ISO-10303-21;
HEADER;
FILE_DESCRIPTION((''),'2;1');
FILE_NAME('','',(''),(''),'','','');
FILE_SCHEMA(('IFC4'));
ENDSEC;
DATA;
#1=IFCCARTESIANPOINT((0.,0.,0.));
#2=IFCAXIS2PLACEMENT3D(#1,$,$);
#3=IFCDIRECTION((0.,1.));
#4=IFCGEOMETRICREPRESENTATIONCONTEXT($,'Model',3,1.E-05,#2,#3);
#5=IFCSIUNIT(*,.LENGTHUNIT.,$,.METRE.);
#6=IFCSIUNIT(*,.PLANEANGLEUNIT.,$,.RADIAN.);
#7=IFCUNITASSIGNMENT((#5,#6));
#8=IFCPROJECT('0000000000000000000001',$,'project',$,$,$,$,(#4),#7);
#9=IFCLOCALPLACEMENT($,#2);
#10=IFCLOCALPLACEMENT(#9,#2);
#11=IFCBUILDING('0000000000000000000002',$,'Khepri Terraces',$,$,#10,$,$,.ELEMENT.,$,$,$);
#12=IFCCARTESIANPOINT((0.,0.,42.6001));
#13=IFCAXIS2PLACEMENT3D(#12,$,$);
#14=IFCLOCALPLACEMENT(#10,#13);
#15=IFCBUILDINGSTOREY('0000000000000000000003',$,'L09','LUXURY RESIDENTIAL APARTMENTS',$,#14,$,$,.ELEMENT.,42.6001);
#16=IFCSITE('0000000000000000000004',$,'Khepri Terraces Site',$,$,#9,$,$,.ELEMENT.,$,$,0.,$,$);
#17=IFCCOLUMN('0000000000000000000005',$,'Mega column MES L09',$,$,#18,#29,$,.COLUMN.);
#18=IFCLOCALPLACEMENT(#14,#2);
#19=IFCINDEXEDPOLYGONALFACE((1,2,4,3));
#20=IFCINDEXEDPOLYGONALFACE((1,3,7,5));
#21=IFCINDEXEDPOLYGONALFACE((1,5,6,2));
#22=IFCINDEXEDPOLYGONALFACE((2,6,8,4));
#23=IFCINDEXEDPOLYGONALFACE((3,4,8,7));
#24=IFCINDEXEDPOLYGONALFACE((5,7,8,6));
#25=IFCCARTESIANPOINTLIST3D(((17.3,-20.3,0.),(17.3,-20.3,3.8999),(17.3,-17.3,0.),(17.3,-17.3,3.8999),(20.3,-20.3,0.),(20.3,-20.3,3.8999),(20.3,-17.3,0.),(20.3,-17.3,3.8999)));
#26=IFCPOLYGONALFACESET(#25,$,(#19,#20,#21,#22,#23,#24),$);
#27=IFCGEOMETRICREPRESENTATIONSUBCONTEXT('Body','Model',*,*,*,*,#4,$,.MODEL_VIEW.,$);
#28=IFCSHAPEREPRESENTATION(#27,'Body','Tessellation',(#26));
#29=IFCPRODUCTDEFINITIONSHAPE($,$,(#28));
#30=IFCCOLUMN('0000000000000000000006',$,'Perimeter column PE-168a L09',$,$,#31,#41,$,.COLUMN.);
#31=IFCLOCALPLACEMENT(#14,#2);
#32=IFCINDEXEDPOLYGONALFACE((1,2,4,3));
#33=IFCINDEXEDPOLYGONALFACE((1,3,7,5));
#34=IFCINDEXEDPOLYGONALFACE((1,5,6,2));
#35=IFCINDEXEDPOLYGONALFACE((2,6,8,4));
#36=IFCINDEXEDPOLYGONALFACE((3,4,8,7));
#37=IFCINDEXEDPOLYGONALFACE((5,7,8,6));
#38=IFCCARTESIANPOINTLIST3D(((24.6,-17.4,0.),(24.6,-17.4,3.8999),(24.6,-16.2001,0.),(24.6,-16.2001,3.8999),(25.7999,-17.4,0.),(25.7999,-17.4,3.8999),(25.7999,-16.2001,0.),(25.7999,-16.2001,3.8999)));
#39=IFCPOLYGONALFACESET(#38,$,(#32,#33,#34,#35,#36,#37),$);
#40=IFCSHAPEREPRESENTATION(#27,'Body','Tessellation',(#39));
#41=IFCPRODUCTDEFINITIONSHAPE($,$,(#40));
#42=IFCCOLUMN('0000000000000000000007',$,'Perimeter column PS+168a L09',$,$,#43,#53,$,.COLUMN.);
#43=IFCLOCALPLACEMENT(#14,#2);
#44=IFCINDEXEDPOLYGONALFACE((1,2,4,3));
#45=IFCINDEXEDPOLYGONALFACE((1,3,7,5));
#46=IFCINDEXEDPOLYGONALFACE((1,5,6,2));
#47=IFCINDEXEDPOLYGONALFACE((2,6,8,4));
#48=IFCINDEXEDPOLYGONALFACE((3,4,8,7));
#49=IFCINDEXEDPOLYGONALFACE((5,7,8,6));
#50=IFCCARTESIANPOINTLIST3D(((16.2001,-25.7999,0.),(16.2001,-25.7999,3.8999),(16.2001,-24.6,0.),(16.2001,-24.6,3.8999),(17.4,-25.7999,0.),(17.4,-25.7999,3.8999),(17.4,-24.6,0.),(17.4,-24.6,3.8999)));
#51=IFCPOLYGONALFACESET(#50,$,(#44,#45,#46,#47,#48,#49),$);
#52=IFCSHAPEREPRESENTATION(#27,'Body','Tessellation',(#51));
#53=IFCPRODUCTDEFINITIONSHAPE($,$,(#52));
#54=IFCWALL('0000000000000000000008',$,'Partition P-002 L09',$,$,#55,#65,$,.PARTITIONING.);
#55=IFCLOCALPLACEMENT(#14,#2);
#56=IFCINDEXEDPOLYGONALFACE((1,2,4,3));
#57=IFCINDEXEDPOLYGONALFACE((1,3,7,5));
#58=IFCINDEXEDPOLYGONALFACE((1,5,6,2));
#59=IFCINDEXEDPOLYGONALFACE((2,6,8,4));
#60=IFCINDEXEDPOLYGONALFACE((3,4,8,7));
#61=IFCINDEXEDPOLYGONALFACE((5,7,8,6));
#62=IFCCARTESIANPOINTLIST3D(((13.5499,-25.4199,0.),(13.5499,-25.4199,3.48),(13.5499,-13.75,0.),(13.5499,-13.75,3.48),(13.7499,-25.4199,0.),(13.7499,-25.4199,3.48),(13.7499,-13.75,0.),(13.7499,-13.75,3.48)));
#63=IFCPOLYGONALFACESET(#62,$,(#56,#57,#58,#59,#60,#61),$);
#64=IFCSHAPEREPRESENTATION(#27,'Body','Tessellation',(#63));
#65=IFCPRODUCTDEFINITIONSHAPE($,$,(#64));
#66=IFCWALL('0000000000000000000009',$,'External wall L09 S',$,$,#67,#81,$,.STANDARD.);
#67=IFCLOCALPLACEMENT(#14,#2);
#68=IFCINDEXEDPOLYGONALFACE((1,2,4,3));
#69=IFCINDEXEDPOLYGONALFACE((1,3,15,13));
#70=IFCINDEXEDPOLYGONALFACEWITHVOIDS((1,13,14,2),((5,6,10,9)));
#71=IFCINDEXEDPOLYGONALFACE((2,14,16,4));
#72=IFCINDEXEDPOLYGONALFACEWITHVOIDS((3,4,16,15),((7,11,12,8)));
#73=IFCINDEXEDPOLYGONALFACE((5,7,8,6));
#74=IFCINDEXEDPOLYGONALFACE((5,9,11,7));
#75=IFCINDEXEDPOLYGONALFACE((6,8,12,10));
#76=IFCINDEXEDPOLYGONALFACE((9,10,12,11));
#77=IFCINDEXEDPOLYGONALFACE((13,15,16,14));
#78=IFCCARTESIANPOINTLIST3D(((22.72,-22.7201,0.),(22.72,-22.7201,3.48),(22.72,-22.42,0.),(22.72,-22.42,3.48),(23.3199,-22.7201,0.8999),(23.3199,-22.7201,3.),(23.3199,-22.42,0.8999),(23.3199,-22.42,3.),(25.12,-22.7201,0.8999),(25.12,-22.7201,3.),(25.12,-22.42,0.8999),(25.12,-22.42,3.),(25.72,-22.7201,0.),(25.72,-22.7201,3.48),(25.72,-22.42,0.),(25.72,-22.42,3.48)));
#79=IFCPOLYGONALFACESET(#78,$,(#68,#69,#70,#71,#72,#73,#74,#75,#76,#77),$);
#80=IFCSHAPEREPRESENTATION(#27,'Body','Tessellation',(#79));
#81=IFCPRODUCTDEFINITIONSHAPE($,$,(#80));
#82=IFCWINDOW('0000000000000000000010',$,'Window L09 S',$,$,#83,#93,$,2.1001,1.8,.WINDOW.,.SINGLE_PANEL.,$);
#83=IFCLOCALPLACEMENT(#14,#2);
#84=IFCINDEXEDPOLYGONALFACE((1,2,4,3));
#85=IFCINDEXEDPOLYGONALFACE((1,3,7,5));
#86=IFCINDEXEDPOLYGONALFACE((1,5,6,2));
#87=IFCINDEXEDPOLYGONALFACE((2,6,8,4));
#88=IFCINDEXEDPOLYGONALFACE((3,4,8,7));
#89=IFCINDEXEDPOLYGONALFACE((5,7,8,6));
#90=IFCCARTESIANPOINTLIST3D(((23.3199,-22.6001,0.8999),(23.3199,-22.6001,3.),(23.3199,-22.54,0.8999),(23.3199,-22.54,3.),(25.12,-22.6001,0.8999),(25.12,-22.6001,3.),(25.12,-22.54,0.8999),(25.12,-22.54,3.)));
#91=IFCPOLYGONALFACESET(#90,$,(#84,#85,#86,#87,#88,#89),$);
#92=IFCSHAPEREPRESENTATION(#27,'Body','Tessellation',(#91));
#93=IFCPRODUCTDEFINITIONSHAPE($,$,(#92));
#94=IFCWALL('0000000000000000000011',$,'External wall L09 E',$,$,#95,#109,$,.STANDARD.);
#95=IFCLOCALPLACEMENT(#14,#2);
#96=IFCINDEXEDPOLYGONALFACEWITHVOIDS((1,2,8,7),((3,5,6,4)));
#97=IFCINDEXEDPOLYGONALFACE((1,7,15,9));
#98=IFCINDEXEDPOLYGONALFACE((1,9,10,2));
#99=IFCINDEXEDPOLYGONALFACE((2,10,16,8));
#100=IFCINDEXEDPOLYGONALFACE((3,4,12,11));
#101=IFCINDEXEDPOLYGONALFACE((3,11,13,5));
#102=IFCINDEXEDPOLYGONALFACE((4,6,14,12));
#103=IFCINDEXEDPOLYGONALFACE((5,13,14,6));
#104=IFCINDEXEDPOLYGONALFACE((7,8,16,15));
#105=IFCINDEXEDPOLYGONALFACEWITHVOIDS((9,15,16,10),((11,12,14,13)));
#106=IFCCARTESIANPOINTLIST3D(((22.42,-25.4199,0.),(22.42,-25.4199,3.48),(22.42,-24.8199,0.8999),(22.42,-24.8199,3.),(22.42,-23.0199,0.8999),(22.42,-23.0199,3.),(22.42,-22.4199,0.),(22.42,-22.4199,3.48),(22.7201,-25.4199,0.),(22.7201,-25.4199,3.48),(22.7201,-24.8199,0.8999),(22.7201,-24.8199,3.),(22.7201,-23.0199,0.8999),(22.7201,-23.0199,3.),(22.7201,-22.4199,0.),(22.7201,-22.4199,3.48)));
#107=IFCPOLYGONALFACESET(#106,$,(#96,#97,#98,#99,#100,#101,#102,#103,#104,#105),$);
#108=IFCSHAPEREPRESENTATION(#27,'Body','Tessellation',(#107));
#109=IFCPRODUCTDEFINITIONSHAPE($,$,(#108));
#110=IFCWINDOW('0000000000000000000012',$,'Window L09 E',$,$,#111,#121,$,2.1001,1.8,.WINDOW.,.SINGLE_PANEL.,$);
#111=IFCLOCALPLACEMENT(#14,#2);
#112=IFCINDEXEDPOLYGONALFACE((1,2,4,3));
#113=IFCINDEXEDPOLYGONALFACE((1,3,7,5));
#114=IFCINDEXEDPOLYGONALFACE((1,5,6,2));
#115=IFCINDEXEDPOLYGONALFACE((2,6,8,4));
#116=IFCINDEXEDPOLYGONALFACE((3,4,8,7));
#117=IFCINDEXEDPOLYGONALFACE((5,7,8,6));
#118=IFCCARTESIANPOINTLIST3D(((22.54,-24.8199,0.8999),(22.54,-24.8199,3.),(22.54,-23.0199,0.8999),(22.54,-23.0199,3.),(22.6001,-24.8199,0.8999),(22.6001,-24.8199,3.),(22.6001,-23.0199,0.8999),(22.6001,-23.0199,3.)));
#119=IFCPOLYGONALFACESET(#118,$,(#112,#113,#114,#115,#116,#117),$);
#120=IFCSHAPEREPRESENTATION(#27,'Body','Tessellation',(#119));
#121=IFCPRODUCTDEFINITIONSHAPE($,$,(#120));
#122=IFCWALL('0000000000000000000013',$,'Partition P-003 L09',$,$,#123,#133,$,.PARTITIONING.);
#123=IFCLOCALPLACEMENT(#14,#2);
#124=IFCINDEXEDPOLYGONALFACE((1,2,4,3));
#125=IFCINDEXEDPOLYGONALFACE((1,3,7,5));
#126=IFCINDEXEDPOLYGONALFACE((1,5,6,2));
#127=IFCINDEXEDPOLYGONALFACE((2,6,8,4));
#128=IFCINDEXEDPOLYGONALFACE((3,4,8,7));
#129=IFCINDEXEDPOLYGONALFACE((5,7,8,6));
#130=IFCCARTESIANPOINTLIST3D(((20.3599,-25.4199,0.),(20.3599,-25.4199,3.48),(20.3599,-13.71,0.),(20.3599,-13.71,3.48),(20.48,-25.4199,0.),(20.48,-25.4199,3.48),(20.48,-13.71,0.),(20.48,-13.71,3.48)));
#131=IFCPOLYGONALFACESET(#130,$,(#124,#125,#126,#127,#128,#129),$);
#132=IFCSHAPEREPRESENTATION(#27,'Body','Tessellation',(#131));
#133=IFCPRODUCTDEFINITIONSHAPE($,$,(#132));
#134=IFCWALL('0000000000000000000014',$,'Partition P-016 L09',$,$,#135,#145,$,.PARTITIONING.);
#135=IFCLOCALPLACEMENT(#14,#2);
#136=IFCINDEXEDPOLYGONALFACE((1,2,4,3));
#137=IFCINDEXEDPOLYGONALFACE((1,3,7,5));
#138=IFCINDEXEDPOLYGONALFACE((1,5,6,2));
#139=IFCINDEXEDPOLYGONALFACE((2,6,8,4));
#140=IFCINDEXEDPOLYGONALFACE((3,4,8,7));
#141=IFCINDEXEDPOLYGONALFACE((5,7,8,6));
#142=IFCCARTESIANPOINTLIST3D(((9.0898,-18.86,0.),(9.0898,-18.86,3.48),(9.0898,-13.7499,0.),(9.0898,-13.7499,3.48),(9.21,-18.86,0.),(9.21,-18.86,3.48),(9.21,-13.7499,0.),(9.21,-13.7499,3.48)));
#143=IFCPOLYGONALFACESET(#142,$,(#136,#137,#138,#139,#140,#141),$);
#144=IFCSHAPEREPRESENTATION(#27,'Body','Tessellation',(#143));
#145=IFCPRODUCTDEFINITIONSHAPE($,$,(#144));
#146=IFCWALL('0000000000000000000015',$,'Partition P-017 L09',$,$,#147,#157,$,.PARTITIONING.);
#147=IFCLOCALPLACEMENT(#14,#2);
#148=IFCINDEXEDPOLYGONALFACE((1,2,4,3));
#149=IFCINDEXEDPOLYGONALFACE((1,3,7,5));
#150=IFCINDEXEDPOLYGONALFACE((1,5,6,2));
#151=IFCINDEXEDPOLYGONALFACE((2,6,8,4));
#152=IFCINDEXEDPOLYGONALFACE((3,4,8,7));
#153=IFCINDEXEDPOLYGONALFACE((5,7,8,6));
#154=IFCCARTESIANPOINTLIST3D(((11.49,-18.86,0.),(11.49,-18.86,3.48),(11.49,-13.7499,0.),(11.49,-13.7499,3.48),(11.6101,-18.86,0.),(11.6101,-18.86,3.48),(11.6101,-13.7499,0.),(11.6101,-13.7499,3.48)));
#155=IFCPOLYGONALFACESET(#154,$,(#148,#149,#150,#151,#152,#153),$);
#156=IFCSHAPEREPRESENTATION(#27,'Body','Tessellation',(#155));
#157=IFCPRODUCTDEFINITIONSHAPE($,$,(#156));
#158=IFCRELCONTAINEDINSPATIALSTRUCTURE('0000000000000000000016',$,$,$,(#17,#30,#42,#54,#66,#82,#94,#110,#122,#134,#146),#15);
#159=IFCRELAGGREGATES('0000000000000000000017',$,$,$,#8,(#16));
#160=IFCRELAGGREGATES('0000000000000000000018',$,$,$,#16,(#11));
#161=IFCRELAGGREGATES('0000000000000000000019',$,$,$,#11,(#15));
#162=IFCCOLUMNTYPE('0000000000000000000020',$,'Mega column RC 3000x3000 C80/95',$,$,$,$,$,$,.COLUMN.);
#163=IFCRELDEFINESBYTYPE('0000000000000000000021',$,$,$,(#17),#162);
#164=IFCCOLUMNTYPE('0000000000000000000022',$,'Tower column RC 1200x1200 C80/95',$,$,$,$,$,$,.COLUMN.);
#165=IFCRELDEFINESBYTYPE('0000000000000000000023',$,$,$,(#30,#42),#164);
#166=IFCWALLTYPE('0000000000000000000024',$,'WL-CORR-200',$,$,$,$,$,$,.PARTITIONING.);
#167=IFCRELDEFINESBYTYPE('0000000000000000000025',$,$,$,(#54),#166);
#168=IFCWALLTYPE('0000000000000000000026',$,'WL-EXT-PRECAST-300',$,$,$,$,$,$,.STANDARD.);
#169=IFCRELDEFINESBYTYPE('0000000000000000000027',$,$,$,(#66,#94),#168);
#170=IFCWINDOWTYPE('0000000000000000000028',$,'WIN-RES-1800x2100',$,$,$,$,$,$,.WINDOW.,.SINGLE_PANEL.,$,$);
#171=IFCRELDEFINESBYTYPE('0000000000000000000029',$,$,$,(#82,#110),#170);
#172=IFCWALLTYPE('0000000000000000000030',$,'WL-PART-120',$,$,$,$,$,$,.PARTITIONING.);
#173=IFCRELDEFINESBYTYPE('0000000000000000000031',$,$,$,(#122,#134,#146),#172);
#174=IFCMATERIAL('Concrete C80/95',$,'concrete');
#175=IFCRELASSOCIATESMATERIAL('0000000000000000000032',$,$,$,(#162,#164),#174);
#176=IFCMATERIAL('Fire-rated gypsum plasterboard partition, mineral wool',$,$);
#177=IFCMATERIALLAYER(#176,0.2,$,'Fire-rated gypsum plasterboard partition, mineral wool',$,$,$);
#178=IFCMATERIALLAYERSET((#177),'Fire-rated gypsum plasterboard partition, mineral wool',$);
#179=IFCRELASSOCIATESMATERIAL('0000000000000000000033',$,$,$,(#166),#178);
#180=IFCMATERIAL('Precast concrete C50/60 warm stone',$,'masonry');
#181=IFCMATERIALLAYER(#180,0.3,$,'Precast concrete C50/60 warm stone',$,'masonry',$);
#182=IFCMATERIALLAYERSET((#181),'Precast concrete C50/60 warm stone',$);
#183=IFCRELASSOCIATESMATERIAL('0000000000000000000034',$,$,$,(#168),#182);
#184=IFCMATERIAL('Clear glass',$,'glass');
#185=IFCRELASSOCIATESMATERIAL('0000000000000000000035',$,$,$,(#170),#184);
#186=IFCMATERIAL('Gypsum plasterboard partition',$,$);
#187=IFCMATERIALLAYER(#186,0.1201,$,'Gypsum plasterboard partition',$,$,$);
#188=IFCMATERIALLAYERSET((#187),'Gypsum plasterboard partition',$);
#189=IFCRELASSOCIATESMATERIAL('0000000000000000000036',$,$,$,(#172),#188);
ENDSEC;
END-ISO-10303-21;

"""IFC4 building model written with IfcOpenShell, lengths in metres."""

from ifc_helpers import new_model, si_unit, direction, frame, frame_2d, origin, origin_2d, place, context, subcontext, project, spatial, rectangle, extrude, material, layer, layer_set, material_profile, profile_set, type_object, element, fill, save


model = new_model("IFC4")

# Units and contexts
model_context = context("Model", 3, precision=1e-05, world=origin(), true_north=direction((0.0, 1.0)))
body_context = subcontext(model_context, "Body", "Model", "MODEL_VIEW")
ifc_project = project(units=[si_unit("LENGTHUNIT", "METRE"), si_unit("PLANEANGLEUNIT", "RADIAN")], contexts=[model_context])

# Site, building, storey
site_placement = place(None, origin())
site = spatial("IfcSite", under=ifc_project, at=site_placement, Name="Khepri Terraces Site", CompositionType="ELEMENT", RefElevation=0.0)
building_placement = place(site_placement, origin())
building = spatial("IfcBuilding", under=site, at=building_placement, Name="Khepri Terraces", CompositionType="ELEMENT")
storey_placement = place(building_placement, frame((0.0, 0.0, 42.6001)))
storey = spatial("IfcBuildingStorey", under=building, at=storey_placement, Name="L09", Description="LUXURY RESIDENTIAL APARTMENTS", CompositionType="ELEMENT", Elevation=42.6001)

# Columns
ifc_material_1 = material(Name="Concrete C80/95", Category="concrete")
ifc_material_profile_1 = material_profile(ifc_material_1, rectangle(XDim=3.0, YDim=3.0, at=origin_2d()), Name="Concrete C80/95", Category="concrete")
ifc_profile_set_1 = profile_set([ifc_material_profile_1], Name="Concrete C80/95")
column_type_1 = type_object("IfcColumnType", Name="Mega column RC 3000x3000 C80/95", PredefinedType="COLUMN", material=ifc_profile_set_1)
column_placement = place(storey_placement, frame((18.8, -18.8, 0.0), z_axis=(0.0, 0.0, 1.0), x_axis=(1.0, 0.0, 0.0)))
element("IfcColumn", 1, at=column_placement, inside=storey, type_object=column_type_1, Name="Mega column MES L09", PredefinedType="COLUMN", context=body_context, shape_type="SweptSolid", body=[
    extrude(rectangle(XDim=3.0, YDim=3.0, at=origin_2d()), origin(), (0.0, 0.0, 1.0), 3.8999),
])
ifc_material_profile_2 = material_profile(ifc_material_1, rectangle(XDim=1.2, YDim=1.2, at=origin_2d()), Name="Concrete C80/95", Category="concrete")
ifc_profile_set_2 = profile_set([ifc_material_profile_2], Name="Concrete C80/95")
column_type_2 = type_object("IfcColumnType", Name="Tower column RC 1200x1200 C80/95", PredefinedType="COLUMN", material=ifc_profile_set_2)
for number, where, z_axis, x_axis, name in (
    (2, (25.2, -16.8, 0.0), (0.0, 0.0, 1.0), (1.0, 0.0, 0.0), "Perimeter column PE-168a L09"),
    (3, (16.8, -25.2, 0.0), (0.0, 0.0, 1.0), (1.0, 0.0, 0.0), "Perimeter column PS+168a L09"),
):
    element("IfcColumn", number, at=place(storey_placement, frame(where, z_axis=z_axis, x_axis=x_axis)), inside=storey, type_object=column_type_2, Name=name, PredefinedType="COLUMN", context=body_context, shape_type="SweptSolid", body=[
        extrude(rectangle(XDim=1.2, YDim=1.2, at=origin_2d()), origin(), (0.0, 0.0, 1.0), 3.8999),
    ])

# Wall
ifc_material_2 = material(Name="Fire-rated gypsum plasterboard partition, mineral wool")
ifc_layer_1 = layer(ifc_material_2, 0.2, Name="Fire-rated gypsum plasterboard partition, mineral wool")
ifc_layer_set_1 = layer_set([ifc_layer_1], Name="Fire-rated gypsum plasterboard partition, mineral wool")
wall_type_1 = type_object("IfcWallType", Name="WL-CORR-200", PredefinedType="PARTITIONING", material=ifc_layer_set_1)
wall_1_placement = place(storey_placement, frame((13.6499, -25.4199, 0.0), z_axis=(0.0, 0.0, 1.0), x_axis=(0.0, 1.0, 0.0)))
element("IfcWall", 4, at=wall_1_placement, inside=storey, type_object=wall_type_1, Name="Partition P-002 L09", PredefinedType="PARTITIONING", context=body_context, shape_type="SweptSolid", body=[
    extrude(rectangle(XDim=11.6699, YDim=0.2, at=frame_2d((5.835, 0.0))), origin(), (0.0, 0.0, 1.0), 3.48),
])

# Wall, opening, window
ifc_material_3 = material(Name="Precast concrete C50/60 warm stone", Category="masonry")
ifc_layer_2 = layer(ifc_material_3, 0.3, Name="Precast concrete C50/60 warm stone", Category="masonry")
ifc_layer_set_2 = layer_set([ifc_layer_2], Name="Precast concrete C50/60 warm stone")
wall_type_2 = type_object("IfcWallType", Name="WL-EXT-PRECAST-300", PredefinedType="STANDARD", material=ifc_layer_set_2)
wall_2_placement = place(storey_placement, frame((22.72, -22.5701, 0.0), z_axis=(0.0, 0.0, 1.0), x_axis=(1.0, 0.0, 0.0)))
wall_2 = element("IfcWall", 5, at=wall_2_placement, inside=storey, type_object=wall_type_2, Name="External wall L09 S", PredefinedType="STANDARD", context=body_context, shape_type="SweptSolid", body=[
    extrude(rectangle(XDim=3.0, YDim=0.3, at=frame_2d((1.5, 0.0))), origin(), (0.0, 0.0, 1.0), 3.48),
])
opening_1_placement = place(wall_2_placement, frame((0.6001, 0.0, 0.8999)))
opening_1 = element("IfcOpeningElement", 6, at=opening_1_placement, cuts=wall_2, PredefinedType="OPENING", context=body_context, shape_type="SweptSolid", body=[
    extrude(rectangle(XDim=1.8, YDim=2.1001, at=frame_2d((0.8999, 1.05))), frame((0.0, 0.1602, 0.0), z_axis=(0.0, -1.0, 0.0), x_axis=(1.0, 0.0, 0.0)), (0.0, 0.0, 1.0), 0.3201),
])
ifc_material_4 = material(Name="Clear glass", Category="glass")
window_type = type_object("IfcWindowType", Name="WIN-RES-1800x2100", PartitioningType="SINGLE_PANEL", PredefinedType="WINDOW", material=ifc_material_4)
window_1_placement = place(opening_1_placement, origin())
window_1 = element("IfcWindow", 7, at=window_1_placement, inside=storey, type_object=window_type, Name="Window L09 S", OverallHeight=2.1001, OverallWidth=1.8, PartitioningType="SINGLE_PANEL", PredefinedType="WINDOW", context=body_context, shape_type="SweptSolid", body=[
    extrude(rectangle(XDim=1.8, YDim=2.1001, at=frame_2d((0.8999, 1.05))), frame((0.0, 0.03, 0.0), z_axis=(0.0, -1.0, 0.0), x_axis=(1.0, 0.0, 0.0)), (0.0, 0.0, 1.0), 0.0601),
])
fill(opening_1, window_1)

# Wall, opening, window
wall_3_placement = place(storey_placement, frame((22.5701, -25.4199, 0.0), z_axis=(0.0, 0.0, 1.0), x_axis=(0.0, 1.0, 0.0)))
wall_3 = element("IfcWall", 8, at=wall_3_placement, inside=storey, type_object=wall_type_2, Name="External wall L09 E", PredefinedType="STANDARD", context=body_context, shape_type="SweptSolid", body=[
    extrude(rectangle(XDim=3.0, YDim=0.3, at=frame_2d((1.5, 0.0))), origin(), (0.0, 0.0, 1.0), 3.48),
])
opening_2_placement = place(wall_3_placement, frame((0.6001, 0.0, 0.8999)))
opening_2 = element("IfcOpeningElement", 9, at=opening_2_placement, cuts=wall_3, PredefinedType="OPENING", context=body_context, shape_type="SweptSolid", body=[
    extrude(rectangle(XDim=1.8, YDim=2.1001, at=frame_2d((0.8999, 1.05))), frame((0.0, 0.1602, 0.0), z_axis=(0.0, -1.0, 0.0), x_axis=(1.0, 0.0, 0.0)), (0.0, 0.0, 1.0), 0.3201),
])
window_2_placement = place(opening_2_placement, origin())
window_2 = element("IfcWindow", 10, at=window_2_placement, inside=storey, type_object=window_type, Name="Window L09 E", OverallHeight=2.1001, OverallWidth=1.8, PartitioningType="SINGLE_PANEL", PredefinedType="WINDOW", context=body_context, shape_type="SweptSolid", body=[
    extrude(rectangle(XDim=1.8, YDim=2.1001, at=frame_2d((0.8999, 1.05))), frame((0.0, 0.03, 0.0), z_axis=(0.0, -1.0, 0.0), x_axis=(1.0, 0.0, 0.0)), (0.0, 0.0, 1.0), 0.0601),
])
fill(opening_2, window_2)

# Walls
ifc_material_5 = material(Name="Gypsum plasterboard partition")
ifc_layer_3 = layer(ifc_material_5, 0.1201, Name="Gypsum plasterboard partition")
ifc_layer_set_3 = layer_set([ifc_layer_3], Name="Gypsum plasterboard partition")
wall_type_3 = type_object("IfcWallType", Name="WL-PART-120", PredefinedType="PARTITIONING", material=ifc_layer_set_3)
wall_4_placement = place(storey_placement, frame((20.4199, -25.4199, 0.0), z_axis=(0.0, 0.0, 1.0), x_axis=(0.0, 1.0, 0.0)))
element("IfcWall", 11, at=wall_4_placement, inside=storey, type_object=wall_type_3, Name="Partition P-003 L09", PredefinedType="PARTITIONING", context=body_context, shape_type="SweptSolid", body=[
    extrude(rectangle(XDim=11.71, YDim=0.1201, at=frame_2d((5.855, 0.0))), origin(), (0.0, 0.0, 1.0), 3.48),
])
for number, where, z_axis, x_axis, name in (
    (12, (9.1499, -18.8601, 0.0), (0.0, 0.0, 1.0), (0.0, 1.0, 0.0), "Partition P-016 L09"),
    (13, (11.55, -18.8601, 0.0), (0.0, 0.0, 1.0), (0.0, 1.0, 0.0), "Partition P-017 L09"),
):
    element("IfcWall", number, at=place(storey_placement, frame(where, z_axis=z_axis, x_axis=x_axis)), inside=storey, type_object=wall_type_3, Name=name, PredefinedType="PARTITIONING", context=body_context, shape_type="SweptSolid", body=[
        extrude(rectangle(XDim=5.1101, YDim=0.1201, at=frame_2d((2.5552, 0.0))), origin(), (0.0, 0.0, 1.0), 3.48),
    ])

save(model, "model.ifc")
